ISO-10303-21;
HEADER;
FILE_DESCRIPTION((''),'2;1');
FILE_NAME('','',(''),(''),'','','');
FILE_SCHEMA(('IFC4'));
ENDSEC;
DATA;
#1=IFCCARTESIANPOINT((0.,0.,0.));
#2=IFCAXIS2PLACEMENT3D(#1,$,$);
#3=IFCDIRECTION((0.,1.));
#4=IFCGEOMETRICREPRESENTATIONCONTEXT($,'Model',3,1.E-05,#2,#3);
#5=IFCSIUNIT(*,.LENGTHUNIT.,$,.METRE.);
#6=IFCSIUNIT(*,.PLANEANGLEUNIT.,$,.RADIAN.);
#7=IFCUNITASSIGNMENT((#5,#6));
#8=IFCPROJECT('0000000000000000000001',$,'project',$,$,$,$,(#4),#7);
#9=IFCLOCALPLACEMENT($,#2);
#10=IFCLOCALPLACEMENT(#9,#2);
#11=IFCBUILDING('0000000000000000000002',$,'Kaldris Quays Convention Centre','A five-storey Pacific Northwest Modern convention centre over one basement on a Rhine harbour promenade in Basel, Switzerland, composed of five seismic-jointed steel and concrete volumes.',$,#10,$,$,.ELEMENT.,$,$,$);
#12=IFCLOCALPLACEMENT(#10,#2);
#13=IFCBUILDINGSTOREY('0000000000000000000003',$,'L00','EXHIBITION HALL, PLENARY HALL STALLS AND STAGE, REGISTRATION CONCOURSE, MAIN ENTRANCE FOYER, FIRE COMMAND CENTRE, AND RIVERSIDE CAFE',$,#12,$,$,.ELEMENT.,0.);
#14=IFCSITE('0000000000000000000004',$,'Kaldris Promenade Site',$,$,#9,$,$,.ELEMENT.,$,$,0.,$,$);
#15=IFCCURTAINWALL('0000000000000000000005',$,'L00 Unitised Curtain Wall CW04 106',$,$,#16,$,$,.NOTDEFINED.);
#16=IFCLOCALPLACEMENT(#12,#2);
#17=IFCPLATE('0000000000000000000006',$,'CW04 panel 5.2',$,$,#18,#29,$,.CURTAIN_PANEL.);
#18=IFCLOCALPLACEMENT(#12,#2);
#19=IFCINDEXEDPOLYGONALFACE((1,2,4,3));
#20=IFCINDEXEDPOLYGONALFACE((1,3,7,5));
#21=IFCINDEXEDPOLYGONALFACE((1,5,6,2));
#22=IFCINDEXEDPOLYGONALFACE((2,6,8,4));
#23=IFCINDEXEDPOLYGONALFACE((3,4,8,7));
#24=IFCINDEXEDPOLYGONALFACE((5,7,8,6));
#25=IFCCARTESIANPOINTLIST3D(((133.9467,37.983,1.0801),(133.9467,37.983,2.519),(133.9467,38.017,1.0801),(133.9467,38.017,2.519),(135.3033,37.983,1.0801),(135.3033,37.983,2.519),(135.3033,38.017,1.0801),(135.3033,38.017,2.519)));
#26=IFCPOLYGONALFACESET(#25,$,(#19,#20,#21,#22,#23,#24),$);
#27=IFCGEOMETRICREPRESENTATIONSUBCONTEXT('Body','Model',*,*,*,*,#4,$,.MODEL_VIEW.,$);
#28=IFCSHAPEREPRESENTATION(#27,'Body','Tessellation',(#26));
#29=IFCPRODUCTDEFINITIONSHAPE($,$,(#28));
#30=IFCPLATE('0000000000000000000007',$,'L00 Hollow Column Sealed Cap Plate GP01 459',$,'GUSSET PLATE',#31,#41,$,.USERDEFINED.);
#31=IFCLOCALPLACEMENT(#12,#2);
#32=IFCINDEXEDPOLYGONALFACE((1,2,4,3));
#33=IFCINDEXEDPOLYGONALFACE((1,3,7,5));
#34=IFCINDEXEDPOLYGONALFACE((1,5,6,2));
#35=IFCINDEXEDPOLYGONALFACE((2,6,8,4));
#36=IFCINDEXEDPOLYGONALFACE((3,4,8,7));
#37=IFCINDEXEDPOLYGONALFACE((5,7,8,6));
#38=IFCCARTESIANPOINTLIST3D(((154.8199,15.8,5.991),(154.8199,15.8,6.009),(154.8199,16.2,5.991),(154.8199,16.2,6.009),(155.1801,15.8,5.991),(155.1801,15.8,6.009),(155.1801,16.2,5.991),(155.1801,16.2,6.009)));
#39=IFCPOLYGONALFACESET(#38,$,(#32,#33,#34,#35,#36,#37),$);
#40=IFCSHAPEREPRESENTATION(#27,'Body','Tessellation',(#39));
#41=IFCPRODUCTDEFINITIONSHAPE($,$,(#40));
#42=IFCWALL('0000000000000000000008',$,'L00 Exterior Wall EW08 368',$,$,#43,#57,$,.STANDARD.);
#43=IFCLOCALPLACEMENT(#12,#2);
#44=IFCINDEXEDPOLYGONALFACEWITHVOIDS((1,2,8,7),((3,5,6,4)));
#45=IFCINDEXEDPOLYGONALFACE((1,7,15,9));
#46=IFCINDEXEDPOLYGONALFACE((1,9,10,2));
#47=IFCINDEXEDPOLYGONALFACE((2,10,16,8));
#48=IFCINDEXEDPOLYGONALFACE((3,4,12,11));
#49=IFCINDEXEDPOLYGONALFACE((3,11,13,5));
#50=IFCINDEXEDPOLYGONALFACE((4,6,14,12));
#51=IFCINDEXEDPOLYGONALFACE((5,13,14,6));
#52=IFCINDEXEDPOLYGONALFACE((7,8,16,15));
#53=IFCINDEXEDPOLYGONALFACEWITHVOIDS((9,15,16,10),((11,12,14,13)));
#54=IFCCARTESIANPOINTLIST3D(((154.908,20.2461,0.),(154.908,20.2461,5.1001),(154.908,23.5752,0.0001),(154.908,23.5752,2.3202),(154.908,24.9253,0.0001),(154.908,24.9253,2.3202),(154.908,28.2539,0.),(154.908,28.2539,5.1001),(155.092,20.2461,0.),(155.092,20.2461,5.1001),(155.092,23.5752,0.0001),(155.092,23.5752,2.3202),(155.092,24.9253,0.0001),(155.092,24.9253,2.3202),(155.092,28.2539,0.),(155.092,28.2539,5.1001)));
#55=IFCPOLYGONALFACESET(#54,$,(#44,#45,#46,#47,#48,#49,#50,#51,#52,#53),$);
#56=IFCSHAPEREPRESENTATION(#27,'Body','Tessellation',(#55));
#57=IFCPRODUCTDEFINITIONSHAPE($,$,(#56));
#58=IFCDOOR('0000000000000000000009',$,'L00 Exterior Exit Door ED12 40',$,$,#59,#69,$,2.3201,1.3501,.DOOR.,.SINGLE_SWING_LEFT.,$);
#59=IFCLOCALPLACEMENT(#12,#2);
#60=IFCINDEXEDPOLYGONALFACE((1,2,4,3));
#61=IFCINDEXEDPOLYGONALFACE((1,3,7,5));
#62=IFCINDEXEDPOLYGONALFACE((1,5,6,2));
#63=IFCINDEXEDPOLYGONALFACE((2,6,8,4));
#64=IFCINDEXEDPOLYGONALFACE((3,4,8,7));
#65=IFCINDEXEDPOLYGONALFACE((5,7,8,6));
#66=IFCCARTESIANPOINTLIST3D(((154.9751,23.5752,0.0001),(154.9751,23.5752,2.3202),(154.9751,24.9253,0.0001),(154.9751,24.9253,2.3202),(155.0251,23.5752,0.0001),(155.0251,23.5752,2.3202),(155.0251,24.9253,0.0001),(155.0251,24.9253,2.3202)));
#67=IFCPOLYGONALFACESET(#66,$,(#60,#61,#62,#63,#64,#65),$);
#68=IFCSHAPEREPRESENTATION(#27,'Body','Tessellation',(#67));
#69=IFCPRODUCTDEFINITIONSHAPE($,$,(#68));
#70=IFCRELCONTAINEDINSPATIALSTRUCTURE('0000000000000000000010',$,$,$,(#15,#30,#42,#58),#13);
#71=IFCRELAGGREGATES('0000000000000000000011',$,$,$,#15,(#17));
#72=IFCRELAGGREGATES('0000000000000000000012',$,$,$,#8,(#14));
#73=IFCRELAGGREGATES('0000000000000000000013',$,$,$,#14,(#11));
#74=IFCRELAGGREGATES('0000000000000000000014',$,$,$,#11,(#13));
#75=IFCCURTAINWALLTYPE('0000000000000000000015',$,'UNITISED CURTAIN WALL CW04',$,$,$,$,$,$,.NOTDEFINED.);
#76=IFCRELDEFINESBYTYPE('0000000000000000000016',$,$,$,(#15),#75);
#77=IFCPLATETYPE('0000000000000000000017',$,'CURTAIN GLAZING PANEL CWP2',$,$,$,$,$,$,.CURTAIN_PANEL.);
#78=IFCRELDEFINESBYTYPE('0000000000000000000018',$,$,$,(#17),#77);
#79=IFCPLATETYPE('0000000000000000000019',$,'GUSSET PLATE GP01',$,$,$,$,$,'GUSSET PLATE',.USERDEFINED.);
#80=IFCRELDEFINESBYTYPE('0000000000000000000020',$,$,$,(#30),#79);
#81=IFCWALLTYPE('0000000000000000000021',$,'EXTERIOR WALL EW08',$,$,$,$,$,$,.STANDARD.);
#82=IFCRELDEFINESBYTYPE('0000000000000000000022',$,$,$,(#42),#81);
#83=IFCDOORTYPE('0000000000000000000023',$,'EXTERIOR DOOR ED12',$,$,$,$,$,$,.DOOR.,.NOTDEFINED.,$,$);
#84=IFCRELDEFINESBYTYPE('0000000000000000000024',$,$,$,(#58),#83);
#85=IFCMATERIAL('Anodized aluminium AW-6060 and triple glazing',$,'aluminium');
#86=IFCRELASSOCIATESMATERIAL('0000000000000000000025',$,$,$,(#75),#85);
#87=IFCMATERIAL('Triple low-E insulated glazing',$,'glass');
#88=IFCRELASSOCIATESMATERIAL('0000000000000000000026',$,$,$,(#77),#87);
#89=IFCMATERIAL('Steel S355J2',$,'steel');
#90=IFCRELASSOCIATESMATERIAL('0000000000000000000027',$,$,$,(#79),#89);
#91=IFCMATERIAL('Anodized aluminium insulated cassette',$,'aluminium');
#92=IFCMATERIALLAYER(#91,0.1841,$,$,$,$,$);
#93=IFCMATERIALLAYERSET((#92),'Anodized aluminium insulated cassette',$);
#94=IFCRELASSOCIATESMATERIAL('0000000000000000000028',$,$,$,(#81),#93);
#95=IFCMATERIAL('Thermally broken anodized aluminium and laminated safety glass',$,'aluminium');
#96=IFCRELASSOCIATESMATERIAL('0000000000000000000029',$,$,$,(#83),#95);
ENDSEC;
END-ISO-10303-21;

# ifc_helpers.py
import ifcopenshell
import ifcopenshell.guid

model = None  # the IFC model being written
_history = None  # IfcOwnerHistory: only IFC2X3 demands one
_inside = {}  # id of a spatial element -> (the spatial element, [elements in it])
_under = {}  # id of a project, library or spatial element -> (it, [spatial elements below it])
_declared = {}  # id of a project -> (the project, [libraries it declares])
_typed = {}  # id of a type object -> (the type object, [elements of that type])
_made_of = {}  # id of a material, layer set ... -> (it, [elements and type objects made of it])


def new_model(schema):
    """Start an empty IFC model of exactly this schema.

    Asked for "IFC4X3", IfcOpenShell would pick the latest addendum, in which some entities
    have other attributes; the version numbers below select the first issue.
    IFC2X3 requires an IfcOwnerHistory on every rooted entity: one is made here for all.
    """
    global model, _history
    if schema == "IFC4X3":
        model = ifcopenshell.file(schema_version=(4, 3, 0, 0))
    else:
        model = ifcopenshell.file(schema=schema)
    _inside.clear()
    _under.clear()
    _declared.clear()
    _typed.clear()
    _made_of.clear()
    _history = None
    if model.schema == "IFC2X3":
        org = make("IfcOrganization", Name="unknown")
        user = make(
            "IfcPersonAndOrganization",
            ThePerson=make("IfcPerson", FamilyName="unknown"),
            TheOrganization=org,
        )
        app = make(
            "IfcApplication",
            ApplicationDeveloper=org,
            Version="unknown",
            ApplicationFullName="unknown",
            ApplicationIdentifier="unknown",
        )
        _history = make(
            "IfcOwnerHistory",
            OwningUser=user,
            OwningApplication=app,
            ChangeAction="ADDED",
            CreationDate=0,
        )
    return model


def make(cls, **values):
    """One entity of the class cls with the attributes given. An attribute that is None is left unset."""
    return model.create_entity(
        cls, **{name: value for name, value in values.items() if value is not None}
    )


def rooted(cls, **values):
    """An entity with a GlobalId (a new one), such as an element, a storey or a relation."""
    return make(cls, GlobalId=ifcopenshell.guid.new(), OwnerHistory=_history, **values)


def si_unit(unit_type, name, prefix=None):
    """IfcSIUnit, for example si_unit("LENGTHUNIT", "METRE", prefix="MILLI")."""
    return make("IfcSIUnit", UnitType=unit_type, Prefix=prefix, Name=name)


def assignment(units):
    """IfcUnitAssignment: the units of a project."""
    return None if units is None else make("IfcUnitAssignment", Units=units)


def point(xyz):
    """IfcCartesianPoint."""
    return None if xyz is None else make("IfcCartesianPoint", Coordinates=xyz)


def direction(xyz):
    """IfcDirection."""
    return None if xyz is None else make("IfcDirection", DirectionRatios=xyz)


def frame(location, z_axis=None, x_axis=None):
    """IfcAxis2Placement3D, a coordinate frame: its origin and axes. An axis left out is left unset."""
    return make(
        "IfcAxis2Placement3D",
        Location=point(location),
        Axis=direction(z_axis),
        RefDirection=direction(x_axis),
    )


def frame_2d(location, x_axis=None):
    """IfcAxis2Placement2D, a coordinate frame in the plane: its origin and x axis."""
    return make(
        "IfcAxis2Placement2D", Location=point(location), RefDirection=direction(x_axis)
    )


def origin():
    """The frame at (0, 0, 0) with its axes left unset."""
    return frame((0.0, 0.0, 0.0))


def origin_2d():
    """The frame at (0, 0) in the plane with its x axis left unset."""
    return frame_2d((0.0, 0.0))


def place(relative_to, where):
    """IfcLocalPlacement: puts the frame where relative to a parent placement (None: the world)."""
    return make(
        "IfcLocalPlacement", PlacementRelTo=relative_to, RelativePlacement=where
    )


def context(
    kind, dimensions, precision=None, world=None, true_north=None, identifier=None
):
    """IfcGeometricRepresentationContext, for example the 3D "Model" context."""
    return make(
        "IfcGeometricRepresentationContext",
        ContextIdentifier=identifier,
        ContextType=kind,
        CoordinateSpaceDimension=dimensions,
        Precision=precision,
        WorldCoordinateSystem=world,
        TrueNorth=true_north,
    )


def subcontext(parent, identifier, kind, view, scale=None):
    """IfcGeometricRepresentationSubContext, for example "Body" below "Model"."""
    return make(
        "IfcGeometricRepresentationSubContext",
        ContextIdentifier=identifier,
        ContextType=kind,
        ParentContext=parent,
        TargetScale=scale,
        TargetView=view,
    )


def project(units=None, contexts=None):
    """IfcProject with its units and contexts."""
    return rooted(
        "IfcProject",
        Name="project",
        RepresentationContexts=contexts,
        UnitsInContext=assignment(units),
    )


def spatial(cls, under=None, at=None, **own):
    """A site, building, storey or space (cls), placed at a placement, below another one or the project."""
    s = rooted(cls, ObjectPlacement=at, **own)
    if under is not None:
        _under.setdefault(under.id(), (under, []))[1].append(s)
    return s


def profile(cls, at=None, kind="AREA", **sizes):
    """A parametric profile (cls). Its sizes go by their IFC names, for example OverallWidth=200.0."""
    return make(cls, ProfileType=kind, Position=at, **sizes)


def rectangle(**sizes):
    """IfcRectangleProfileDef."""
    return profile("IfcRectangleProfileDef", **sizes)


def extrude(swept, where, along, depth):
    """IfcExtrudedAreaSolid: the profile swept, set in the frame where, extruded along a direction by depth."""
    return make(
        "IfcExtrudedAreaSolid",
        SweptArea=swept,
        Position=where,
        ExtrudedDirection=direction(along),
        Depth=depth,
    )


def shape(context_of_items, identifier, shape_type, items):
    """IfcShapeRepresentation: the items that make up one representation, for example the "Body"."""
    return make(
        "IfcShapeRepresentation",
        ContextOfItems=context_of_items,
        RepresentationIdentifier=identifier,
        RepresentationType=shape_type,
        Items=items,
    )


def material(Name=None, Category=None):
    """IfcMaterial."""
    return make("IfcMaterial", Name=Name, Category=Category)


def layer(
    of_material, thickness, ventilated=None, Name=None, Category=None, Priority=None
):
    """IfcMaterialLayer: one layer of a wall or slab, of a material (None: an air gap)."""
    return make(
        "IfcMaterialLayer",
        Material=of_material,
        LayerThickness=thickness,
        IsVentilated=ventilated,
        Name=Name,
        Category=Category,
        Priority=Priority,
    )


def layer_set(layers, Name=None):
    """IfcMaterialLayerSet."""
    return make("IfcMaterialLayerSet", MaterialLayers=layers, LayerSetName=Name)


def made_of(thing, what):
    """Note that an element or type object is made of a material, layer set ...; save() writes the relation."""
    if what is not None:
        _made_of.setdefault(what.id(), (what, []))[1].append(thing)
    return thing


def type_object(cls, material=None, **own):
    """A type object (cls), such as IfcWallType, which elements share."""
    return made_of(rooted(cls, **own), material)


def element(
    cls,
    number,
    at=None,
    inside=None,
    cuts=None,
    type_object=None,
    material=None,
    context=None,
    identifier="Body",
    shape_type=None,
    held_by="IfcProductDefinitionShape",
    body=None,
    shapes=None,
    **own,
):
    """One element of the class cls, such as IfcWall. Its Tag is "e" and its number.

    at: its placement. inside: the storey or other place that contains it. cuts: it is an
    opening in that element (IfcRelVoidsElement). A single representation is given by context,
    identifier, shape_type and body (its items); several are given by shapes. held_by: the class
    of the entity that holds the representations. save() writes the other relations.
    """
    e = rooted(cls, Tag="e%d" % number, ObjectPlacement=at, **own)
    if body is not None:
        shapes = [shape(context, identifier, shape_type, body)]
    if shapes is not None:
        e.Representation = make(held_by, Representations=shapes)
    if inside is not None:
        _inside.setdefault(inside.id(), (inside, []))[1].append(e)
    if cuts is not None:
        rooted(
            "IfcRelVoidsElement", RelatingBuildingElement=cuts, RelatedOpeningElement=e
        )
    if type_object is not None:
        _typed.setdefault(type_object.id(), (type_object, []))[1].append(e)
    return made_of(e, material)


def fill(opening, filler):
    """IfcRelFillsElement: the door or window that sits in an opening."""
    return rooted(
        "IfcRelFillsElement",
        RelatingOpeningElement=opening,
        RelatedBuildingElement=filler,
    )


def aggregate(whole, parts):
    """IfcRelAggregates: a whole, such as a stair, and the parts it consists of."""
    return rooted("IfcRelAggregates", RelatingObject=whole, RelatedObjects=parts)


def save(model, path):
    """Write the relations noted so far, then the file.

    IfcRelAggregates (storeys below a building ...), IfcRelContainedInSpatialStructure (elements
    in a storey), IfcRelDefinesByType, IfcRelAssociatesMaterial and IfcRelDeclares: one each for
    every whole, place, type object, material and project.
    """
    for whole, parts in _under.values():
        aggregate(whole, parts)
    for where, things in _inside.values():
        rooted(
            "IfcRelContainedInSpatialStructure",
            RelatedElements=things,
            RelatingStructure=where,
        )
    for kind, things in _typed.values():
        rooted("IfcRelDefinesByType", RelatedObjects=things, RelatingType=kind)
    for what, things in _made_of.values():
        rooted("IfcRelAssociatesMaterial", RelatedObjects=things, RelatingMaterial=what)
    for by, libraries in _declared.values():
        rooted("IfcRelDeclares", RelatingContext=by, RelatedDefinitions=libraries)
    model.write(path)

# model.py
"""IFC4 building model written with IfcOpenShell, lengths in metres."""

from ifc_helpers import new_model, si_unit, direction, frame, frame_2d, origin, origin_2d, place, context, subcontext, project, spatial, rectangle, extrude, material, layer, layer_set, type_object, element, fill, aggregate, save


model = new_model("IFC4")

# Units and contexts
model_context = context("Model", 3, precision=1e-05, world=origin(), true_north=direction((0.0, 1.0)))
body_context = subcontext(model_context, "Body", "Model", "MODEL_VIEW")
ifc_project = project(units=[si_unit("LENGTHUNIT", "METRE"), si_unit("PLANEANGLEUNIT", "RADIAN")], contexts=[model_context])

# Site, building, storey
site_placement = place(None, origin())
site = spatial("IfcSite", under=ifc_project, at=site_placement, Name="Kaldris Promenade Site", CompositionType="ELEMENT", RefElevation=0.0)
building_placement = place(site_placement, origin())
building = spatial("IfcBuilding", under=site, at=building_placement, Name="Kaldris Quays Convention Centre", Description="A five-storey Pacific Northwest Modern convention centre over one basement on a Rhine harbour promenade in Basel, Switzerland, composed of five seismic-jointed steel and concrete volumes.", CompositionType="ELEMENT")
storey_placement = place(building_placement, origin())
storey = spatial("IfcBuildingStorey", under=building, at=storey_placement, Name="L00", Description="EXHIBITION HALL, PLENARY HALL STALLS AND STAGE, REGISTRATION CONCOURSE, MAIN ENTRANCE FOYER, FIRE COMMAND CENTRE, AND RIVERSIDE CAFE", CompositionType="ELEMENT", Elevation=0.0)

# Shared definitions
ifc_material_1 = material(Name="Steel S355J2", Category="steel")

# Curtain wall
ifc_material_2 = material(Name="Anodized aluminium AW-6060 and triple glazing", Category="aluminium")
curtain_wall_type_1 = type_object("IfcCurtainWallType", Name="UNITISED CURTAIN WALL CW04", PredefinedType="NOTDEFINED", material=ifc_material_2)
curtain_wall_1_placement = place(storey_placement, origin())
curtain_wall_1 = element("IfcCurtainWall", 1, at=curtain_wall_1_placement, inside=storey, type_object=curtain_wall_type_1, Name="L00 Unitised Curtain Wall CW04 106", PredefinedType="NOTDEFINED")

# Plates
ifc_material_3 = material(Name="Triple low-E insulated glazing", Category="glass")
plate_type_1 = type_object("IfcPlateType", Name="CURTAIN GLAZING PANEL CWP2", PredefinedType="CURTAIN_PANEL", material=ifc_material_3)
plate_1_placement = place(storey_placement, frame((134.625, 38.0, 1.0801), z_axis=(0.0, 0.0, 1.0), x_axis=(1.0, 0.0, 0.0)))
plate_1 = element("IfcPlate", 2, at=plate_1_placement, type_object=plate_type_1, Name="CW04 panel 5.2", PredefinedType="CURTAIN_PANEL", context=body_context, shape_type="SweptSolid", body=[
    extrude(rectangle(XDim=1.3567, YDim=0.0339, at=origin_2d()), origin(), (0.0, 0.0, 1.0), 1.439),
])
aggregate(curtain_wall_1, [plate_1])
plate_type_2 = type_object("IfcPlateType", Name="GUSSET PLATE GP01", ElementType="GUSSET PLATE", PredefinedType="USERDEFINED", material=ifc_material_1)
plate_2_placement = place(storey_placement, frame((155.0, 16.0, 5.991), z_axis=(0.0, 0.0, 1.0), x_axis=(1.0, 0.0, 0.0)))
element("IfcPlate", 3, at=plate_2_placement, inside=storey, type_object=plate_type_2, Name="L00 Hollow Column Sealed Cap Plate GP01 459", ObjectType="GUSSET PLATE", PredefinedType="USERDEFINED", context=body_context, shape_type="SweptSolid", body=[
    extrude(rectangle(XDim=0.3601, YDim=0.3999, at=origin_2d()), origin(), (0.0, 0.0, 1.0), 0.0181),
])

# Wall, opening, door
ifc_material_4 = material(Name="Anodized aluminium insulated cassette", Category="aluminium")
ifc_layer = layer(ifc_material_4, 0.1841)
ifc_layer_set = layer_set([ifc_layer], Name="Anodized aluminium insulated cassette")
wall_type = type_object("IfcWallType", Name="EXTERIOR WALL EW08", PredefinedType="STANDARD", material=ifc_layer_set)
wall_placement = place(storey_placement, frame((155.0, 20.2461, 0.0), z_axis=(0.0, 0.0, 1.0), x_axis=(0.0, 1.0, 0.0)))
wall = element("IfcWall", 4, at=wall_placement, inside=storey, type_object=wall_type, Name="L00 Exterior Wall EW08 368", PredefinedType="STANDARD", context=body_context, shape_type="SweptSolid", body=[
    extrude(rectangle(XDim=8.0078, YDim=0.1841, at=frame_2d((4.0039, 0.0))), origin(), (0.0, 0.0, 1.0), 5.1001),
])
opening_placement = place(wall_placement, frame((3.3291, 0.0, 0.0)))
opening = element("IfcOpeningElement", 5, at=opening_placement, cuts=wall, PredefinedType="OPENING", context=body_context, shape_type="SweptSolid", body=[
    extrude(rectangle(XDim=1.3501, YDim=2.3201, at=frame_2d((0.675, 1.1602))), frame((0.0, 0.1021, 0.0), z_axis=(0.0, -1.0, 0.0), x_axis=(1.0, 0.0, 0.0)), (0.0, 0.0, 1.0), 0.2041),
])
ifc_material_5 = material(Name="Thermally broken anodized aluminium and laminated safety glass", Category="aluminium")
door_type = type_object("IfcDoorType", Name="EXTERIOR DOOR ED12", OperationType="NOTDEFINED", PredefinedType="DOOR", material=ifc_material_5)
door_placement = place(opening_placement, origin())
door = element("IfcDoor", 6, at=door_placement, inside=storey, type_object=door_type, Name="L00 Exterior Exit Door ED12 40", OperationType="SINGLE_SWING_LEFT", OverallHeight=2.3201, OverallWidth=1.3501, PredefinedType="DOOR", context=body_context, shape_type="SweptSolid", body=[
    extrude(rectangle(XDim=1.3501, YDim=2.3201, at=frame_2d((0.675, 1.1602))), frame((0.0, 0.0249, 0.0), z_axis=(0.0, -1.0, 0.0), x_axis=(1.0, 0.0, 0.0)), (0.0, 0.0, 1.0), 0.05),
])
fill(opening, door)

save(model, "model.ifc")
